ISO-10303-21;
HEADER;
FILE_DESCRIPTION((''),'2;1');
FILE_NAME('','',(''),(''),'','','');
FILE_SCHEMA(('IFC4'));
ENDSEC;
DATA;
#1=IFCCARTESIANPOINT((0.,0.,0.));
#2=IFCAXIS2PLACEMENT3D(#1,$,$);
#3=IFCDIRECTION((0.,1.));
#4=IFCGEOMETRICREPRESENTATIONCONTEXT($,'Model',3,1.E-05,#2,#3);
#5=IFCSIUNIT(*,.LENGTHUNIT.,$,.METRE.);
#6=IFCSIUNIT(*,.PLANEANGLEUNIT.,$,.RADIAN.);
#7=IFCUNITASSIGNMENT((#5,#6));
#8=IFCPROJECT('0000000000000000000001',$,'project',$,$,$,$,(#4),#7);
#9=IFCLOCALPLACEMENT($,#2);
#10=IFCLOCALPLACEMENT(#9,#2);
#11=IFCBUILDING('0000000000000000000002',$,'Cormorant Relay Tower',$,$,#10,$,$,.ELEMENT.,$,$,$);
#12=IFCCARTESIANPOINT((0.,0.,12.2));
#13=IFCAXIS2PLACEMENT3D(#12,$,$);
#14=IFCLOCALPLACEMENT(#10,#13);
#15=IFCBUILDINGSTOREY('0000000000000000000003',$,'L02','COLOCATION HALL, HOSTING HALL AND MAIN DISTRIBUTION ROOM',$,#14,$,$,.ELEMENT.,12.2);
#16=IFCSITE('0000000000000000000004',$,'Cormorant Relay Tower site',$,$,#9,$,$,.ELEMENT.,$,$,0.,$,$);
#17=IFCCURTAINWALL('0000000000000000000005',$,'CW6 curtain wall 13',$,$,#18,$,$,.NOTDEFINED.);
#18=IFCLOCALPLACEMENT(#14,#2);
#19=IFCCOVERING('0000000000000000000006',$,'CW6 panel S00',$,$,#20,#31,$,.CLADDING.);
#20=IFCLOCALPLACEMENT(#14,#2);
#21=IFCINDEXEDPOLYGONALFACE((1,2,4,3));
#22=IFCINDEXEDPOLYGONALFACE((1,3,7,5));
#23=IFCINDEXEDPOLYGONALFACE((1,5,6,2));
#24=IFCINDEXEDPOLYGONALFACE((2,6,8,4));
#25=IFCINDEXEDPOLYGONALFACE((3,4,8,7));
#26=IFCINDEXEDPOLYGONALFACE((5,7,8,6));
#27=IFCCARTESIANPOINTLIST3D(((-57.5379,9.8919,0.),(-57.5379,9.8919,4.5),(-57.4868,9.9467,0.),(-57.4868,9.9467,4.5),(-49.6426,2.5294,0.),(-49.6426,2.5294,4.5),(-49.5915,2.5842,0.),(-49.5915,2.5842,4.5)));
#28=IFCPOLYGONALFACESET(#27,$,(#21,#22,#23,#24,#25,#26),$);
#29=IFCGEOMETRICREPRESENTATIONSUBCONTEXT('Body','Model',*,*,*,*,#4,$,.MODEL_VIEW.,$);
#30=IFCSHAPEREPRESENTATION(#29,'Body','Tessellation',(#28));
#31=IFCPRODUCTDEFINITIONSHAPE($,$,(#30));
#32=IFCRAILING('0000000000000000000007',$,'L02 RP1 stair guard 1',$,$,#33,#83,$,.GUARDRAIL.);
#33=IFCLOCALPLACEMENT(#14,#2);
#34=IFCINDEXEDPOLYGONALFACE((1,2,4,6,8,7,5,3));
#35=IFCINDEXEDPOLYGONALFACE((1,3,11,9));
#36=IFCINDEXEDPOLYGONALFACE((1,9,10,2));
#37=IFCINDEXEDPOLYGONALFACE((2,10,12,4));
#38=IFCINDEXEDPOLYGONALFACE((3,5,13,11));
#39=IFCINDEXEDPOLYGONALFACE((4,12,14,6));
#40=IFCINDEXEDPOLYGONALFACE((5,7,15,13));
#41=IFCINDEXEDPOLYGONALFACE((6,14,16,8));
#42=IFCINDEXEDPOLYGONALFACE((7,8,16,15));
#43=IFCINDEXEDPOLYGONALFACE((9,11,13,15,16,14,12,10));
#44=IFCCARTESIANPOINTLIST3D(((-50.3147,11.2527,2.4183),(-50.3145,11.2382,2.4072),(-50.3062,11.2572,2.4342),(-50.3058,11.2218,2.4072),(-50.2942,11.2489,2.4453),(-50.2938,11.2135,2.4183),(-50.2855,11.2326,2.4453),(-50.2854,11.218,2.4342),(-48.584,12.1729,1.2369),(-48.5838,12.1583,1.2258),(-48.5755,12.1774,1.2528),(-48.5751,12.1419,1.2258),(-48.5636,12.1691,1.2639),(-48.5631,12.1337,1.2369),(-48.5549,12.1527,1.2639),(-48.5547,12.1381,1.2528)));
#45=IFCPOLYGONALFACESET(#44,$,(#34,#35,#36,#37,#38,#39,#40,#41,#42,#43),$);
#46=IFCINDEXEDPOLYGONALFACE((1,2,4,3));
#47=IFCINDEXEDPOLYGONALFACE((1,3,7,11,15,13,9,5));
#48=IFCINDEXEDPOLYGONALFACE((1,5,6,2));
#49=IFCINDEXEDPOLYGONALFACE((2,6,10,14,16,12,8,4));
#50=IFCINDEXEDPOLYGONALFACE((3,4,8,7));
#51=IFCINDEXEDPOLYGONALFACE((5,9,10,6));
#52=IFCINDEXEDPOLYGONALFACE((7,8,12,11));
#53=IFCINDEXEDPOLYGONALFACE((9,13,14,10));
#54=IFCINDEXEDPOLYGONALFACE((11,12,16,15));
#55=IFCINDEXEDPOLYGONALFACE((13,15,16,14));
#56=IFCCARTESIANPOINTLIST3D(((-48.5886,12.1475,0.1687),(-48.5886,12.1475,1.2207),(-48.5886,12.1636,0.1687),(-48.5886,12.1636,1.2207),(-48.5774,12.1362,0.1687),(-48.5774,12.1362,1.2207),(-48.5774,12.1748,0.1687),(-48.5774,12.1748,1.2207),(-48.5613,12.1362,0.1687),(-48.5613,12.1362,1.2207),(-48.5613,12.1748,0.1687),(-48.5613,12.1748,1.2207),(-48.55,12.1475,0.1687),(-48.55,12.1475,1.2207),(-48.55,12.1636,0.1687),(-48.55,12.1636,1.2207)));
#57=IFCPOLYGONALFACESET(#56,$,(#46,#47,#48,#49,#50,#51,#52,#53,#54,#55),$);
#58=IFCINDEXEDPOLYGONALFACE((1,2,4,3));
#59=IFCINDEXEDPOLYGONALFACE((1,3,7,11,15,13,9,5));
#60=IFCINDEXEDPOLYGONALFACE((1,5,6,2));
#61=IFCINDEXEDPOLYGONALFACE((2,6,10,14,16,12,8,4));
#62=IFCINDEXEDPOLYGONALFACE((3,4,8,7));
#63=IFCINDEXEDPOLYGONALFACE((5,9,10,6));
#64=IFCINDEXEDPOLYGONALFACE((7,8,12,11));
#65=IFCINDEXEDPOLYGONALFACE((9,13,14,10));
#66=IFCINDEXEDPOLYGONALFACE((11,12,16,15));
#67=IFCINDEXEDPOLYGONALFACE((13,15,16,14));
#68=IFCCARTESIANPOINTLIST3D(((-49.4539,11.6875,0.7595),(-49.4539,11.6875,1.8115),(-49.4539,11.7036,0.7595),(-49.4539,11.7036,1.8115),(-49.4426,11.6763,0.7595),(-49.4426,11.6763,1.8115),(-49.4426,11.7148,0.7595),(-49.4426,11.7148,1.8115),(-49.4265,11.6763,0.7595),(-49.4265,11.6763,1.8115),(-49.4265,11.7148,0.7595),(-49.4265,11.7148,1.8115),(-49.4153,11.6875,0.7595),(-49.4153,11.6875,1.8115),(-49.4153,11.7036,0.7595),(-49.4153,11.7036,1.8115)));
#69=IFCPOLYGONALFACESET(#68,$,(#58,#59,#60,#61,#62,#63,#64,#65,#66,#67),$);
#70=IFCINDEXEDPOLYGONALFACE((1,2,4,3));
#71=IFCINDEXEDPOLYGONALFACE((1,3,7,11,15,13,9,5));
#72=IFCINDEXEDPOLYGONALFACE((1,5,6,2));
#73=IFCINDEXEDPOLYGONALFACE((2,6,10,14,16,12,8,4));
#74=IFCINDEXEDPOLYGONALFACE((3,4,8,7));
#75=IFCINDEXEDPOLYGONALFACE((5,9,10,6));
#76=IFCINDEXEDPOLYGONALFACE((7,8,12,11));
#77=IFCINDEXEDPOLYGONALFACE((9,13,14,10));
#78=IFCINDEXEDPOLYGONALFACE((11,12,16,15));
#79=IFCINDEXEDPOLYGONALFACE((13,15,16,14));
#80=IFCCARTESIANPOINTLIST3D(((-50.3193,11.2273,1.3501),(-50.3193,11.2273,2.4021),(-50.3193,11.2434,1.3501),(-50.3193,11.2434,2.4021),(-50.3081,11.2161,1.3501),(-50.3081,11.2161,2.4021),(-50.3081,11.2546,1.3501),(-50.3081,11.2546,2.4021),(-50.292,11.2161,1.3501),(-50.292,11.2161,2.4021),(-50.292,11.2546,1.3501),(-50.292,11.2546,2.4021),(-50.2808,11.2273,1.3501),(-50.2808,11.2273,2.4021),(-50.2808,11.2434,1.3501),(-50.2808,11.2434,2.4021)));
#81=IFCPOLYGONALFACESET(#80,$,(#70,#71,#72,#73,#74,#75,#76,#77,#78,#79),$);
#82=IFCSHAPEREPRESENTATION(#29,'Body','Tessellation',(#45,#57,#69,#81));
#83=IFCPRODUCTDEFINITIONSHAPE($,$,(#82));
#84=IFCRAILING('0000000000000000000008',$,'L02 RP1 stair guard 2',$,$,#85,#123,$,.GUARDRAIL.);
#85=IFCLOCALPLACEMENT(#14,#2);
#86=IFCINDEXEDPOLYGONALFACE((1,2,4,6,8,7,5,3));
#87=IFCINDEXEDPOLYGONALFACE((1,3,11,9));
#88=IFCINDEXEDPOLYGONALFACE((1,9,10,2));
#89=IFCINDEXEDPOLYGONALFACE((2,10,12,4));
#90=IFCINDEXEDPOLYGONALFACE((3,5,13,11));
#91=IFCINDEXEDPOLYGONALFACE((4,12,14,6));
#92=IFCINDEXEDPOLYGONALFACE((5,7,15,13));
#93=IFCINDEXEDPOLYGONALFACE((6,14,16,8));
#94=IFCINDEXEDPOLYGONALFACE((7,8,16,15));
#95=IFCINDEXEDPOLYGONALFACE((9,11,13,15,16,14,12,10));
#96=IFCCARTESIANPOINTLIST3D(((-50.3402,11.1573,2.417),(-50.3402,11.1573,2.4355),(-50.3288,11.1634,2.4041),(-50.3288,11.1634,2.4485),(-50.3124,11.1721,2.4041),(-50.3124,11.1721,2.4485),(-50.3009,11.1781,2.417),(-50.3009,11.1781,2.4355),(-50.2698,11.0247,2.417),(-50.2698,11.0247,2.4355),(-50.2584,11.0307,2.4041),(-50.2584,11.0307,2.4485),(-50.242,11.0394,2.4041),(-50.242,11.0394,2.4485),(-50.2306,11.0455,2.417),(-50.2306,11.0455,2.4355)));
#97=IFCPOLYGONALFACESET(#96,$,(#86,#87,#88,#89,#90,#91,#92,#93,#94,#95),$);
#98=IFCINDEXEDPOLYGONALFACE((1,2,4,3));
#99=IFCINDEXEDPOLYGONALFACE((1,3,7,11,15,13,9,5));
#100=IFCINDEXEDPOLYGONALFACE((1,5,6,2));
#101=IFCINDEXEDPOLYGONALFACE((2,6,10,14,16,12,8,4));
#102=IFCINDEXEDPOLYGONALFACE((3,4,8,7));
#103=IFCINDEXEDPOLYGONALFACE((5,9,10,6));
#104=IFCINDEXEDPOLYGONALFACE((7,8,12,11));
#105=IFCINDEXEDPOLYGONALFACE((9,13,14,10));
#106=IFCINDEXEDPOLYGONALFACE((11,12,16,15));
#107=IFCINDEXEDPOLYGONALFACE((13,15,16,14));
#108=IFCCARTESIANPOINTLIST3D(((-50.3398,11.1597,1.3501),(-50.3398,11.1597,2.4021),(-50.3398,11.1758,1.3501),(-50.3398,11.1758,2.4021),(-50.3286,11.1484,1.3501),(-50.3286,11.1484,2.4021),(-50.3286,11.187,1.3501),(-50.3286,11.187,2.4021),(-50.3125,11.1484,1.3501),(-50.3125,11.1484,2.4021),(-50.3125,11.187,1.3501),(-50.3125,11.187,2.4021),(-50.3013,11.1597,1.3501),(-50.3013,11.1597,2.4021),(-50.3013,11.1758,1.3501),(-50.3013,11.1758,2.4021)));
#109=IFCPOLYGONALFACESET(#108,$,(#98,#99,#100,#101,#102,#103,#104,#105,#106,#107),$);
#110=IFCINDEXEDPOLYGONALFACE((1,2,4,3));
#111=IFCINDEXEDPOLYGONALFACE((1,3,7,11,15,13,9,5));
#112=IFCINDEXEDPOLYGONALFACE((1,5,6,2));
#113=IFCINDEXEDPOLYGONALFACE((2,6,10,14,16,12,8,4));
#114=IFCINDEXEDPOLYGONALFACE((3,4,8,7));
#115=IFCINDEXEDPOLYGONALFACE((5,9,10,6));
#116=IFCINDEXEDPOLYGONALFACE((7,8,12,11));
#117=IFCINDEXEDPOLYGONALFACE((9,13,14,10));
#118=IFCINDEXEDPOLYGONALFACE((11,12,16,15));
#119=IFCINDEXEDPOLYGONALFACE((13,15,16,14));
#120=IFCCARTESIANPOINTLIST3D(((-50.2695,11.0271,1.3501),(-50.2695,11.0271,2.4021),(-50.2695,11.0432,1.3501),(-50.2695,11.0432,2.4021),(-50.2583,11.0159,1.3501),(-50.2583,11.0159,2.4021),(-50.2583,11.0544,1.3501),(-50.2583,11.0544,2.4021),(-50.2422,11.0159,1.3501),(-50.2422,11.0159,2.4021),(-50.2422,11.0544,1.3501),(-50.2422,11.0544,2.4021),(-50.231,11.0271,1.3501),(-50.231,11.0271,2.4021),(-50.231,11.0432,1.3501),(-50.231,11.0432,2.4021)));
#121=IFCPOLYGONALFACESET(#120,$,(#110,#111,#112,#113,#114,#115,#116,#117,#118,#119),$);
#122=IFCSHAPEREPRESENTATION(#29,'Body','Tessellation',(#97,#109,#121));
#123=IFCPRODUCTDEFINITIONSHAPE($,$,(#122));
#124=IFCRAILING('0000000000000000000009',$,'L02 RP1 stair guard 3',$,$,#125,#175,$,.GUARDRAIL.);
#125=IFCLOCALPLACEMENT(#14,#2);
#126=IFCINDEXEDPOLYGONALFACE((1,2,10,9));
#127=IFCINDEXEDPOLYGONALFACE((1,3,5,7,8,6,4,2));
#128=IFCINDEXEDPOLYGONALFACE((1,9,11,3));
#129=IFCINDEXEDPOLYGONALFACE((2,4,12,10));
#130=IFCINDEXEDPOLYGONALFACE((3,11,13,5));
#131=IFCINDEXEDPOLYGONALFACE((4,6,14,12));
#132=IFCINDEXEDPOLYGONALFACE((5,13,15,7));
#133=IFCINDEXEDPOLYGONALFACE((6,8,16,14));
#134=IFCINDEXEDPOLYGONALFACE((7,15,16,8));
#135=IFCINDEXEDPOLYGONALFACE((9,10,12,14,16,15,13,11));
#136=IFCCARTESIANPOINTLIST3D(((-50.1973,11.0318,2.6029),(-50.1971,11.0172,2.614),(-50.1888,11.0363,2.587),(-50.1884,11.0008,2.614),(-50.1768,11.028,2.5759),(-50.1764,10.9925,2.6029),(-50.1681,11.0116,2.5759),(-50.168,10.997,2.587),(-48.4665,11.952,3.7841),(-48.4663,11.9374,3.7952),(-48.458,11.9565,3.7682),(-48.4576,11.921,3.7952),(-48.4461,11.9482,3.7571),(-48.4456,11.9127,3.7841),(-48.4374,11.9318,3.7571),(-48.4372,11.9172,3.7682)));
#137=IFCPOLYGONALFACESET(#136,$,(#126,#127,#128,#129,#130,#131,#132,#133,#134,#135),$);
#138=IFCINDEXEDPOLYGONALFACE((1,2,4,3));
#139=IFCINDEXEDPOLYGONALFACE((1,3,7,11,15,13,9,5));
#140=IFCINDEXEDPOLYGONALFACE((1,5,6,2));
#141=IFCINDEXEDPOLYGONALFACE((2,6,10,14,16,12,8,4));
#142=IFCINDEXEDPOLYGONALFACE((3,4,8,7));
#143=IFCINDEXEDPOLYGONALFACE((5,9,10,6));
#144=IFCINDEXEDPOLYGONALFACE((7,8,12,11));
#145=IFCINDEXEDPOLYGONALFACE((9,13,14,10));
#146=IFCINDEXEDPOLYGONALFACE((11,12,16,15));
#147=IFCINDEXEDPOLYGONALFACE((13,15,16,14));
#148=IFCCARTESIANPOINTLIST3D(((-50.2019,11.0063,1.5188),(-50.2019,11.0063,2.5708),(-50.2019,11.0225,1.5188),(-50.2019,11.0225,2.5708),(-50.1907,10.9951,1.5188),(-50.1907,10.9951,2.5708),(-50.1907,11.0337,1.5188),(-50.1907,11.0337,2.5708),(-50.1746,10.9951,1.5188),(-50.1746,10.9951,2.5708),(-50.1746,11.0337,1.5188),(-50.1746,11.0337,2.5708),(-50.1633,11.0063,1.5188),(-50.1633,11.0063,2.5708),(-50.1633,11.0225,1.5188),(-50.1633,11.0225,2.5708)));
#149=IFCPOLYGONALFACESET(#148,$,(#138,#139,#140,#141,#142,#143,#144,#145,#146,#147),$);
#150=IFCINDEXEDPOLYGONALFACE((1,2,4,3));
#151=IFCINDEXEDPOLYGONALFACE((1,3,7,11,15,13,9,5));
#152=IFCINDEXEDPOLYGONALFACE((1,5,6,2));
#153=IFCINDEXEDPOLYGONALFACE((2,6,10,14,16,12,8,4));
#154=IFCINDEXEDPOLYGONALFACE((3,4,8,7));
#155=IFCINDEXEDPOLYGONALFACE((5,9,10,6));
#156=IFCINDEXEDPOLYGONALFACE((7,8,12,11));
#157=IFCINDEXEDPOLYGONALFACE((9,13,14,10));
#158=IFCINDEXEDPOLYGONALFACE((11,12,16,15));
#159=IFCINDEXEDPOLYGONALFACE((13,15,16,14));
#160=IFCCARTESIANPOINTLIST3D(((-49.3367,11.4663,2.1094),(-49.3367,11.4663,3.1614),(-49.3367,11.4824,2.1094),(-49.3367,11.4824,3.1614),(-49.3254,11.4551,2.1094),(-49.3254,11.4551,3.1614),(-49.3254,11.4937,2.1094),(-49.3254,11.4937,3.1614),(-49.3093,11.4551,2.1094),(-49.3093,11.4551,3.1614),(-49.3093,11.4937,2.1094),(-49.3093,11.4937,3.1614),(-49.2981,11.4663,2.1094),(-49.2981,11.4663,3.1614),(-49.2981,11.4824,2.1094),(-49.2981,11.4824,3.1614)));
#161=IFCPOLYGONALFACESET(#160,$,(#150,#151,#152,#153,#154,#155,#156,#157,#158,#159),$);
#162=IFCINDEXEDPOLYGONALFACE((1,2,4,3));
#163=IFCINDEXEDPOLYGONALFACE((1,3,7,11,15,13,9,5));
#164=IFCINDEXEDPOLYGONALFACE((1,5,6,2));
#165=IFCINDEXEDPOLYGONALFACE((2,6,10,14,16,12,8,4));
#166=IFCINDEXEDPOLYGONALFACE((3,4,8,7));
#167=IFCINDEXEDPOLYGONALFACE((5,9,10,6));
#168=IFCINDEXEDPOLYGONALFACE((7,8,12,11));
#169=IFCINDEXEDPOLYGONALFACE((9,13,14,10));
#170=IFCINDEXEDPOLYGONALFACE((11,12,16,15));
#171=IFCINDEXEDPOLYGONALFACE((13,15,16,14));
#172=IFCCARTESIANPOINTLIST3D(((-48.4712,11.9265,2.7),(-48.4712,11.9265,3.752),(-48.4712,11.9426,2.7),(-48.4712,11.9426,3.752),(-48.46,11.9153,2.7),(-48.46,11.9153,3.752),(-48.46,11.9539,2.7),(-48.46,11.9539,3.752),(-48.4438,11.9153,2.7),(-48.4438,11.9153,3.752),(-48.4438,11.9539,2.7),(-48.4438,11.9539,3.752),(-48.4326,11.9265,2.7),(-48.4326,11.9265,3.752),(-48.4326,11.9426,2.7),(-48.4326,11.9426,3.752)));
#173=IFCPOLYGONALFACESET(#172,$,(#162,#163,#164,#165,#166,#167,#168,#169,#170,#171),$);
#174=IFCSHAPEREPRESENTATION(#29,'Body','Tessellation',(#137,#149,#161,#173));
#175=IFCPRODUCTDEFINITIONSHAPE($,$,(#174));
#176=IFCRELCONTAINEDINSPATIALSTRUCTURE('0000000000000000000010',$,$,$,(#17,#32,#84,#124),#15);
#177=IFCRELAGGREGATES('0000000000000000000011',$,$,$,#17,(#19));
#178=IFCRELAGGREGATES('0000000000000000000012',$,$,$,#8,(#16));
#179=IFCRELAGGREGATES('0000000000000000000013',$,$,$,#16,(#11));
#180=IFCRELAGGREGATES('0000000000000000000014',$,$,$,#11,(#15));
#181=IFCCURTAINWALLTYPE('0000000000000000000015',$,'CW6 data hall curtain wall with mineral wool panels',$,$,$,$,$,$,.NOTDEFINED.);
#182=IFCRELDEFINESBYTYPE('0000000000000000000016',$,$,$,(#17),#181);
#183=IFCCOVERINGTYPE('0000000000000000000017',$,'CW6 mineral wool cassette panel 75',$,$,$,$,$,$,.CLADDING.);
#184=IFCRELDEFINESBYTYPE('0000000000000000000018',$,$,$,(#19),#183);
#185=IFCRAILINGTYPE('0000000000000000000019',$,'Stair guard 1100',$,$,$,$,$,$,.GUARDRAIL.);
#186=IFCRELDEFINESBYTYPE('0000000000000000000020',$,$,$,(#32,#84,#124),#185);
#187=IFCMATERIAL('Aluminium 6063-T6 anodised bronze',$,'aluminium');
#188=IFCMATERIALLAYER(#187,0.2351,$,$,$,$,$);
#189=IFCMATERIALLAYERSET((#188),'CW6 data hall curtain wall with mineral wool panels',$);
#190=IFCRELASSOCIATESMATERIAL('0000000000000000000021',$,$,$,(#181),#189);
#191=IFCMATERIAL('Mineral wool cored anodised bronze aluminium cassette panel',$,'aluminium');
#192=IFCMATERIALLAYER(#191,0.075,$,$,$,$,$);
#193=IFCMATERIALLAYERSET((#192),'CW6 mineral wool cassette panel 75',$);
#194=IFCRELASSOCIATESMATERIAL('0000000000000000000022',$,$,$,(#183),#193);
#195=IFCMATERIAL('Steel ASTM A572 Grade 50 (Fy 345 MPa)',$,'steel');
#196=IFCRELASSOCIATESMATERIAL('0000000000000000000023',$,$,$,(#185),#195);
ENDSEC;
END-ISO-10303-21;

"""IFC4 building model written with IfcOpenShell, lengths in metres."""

from ifc_helpers import new_model, si_unit, direction, frame, origin, origin_2d, place, context, subcontext, project, spatial, polyline, rectangle, outline, extrude, material, layer, layer_set, type_object, element, aggregate, save


model = new_model("IFC4")

# Units and contexts
model_context = context("Model", 3, precision=1e-05, world=origin(), true_north=direction((0.0, 1.0)))
body_context = subcontext(model_context, "Body", "Model", "MODEL_VIEW")
ifc_project = project(units=[si_unit("LENGTHUNIT", "METRE"), si_unit("PLANEANGLEUNIT", "RADIAN")], contexts=[model_context])

# Site, building, storey
site_placement = place(None, origin())
site = spatial("IfcSite", under=ifc_project, at=site_placement, Name="Cormorant Relay Tower site", CompositionType="ELEMENT", RefElevation=0.0)
building_placement = place(site_placement, origin())
building = spatial("IfcBuilding", under=site, at=building_placement, Name="Cormorant Relay Tower", CompositionType="ELEMENT")
storey_placement = place(building_placement, frame((0.0, 0.0, 12.2)))
storey = spatial("IfcBuildingStorey", under=building, at=storey_placement, Name="L02", Description="COLOCATION HALL, HOSTING HALL AND MAIN DISTRIBUTION ROOM", CompositionType="ELEMENT", Elevation=12.2)

# Curtain wall
ifc_material_1 = material(Name="Aluminium 6063-T6 anodised bronze", Category="aluminium")
ifc_layer_1 = layer(ifc_material_1, 0.2351)
ifc_layer_set_1 = layer_set([ifc_layer_1], Name="CW6 data hall curtain wall with mineral wool panels")
curtain_wall_type = type_object("IfcCurtainWallType", Name="CW6 data hall curtain wall with mineral wool panels", PredefinedType="NOTDEFINED", material=ifc_layer_set_1)
curtain_wall_1_placement = place(storey_placement, origin())
curtain_wall_1 = element("IfcCurtainWall", 1, at=curtain_wall_1_placement, inside=storey, type_object=curtain_wall_type, Name="CW6 curtain wall 13", PredefinedType="NOTDEFINED")

# Covering
ifc_material_2 = material(Name="Mineral wool cored anodised bronze aluminium cassette panel", Category="aluminium")
ifc_layer_2 = layer(ifc_material_2, 0.075)
ifc_layer_set_2 = layer_set([ifc_layer_2], Name="CW6 mineral wool cassette panel 75")
covering_type = type_object("IfcCoveringType", Name="CW6 mineral wool cassette panel 75", PredefinedType="CLADDING", material=ifc_layer_set_2)
covering_1_placement = place(storey_placement, frame((-53.5647, 6.238, 0.0), z_axis=(0.0, 0.0, 1.0), x_axis=(0.731354, -0.681998, 0.0)))
covering_1 = element("IfcCovering", 2, at=covering_1_placement, type_object=covering_type, Name="CW6 panel S00", PredefinedType="CLADDING", context=body_context, shape_type="SweptSolid", body=[
    extrude(rectangle(XDim=10.7954, YDim=0.075, at=origin_2d()), origin(), (0.0, 0.0, 1.0), 4.5),
])
aggregate(curtain_wall_1, [covering_1])

# Railings
ifc_material_3 = material(Name="Steel ASTM A572 Grade 50 (Fy 345 MPa)", Category="steel")
railing_type_1 = type_object("IfcRailingType", Name="Stair guard 1100", PredefinedType="GUARDRAIL", material=ifc_material_3)
railing_1_placement = place(storey_placement, frame((-48.5693, 12.1555, 0.1687)))
element("IfcRailing", 3, at=railing_1_placement, inside=storey, type_object=railing_type_1, Name="L02 RP1 stair guard 1", PredefinedType="GUARDRAIL", context=body_context, shape_type="SweptSolid", body=[
    extrude(outline(polyline([(0.0222, 0.0093), (0.0093, 0.0222), (-0.0093, 0.0222), (-0.0222, 0.0093), (-0.0222, -0.0093), (-0.0093, -0.0222), (0.0093, -0.0222), (0.0222, -0.0093), (0.0222, 0.0093)])), frame((0.0, 0.0, 1.0762), z_axis=(-0.756226, -0.402062, 0.516205), x_axis=(0.469444, -0.882962, 0.0)), (0.0, 0.0, 1.0), 2.2886),
    extrude(outline(polyline([(0.0193, 0.0081), (0.0081, 0.0193), (-0.0081, 0.0193), (-0.0193, 0.0081), (-0.0193, -0.0081), (-0.0081, -0.0193), (0.0081, -0.0193), (0.0193, -0.0081), (0.0193, 0.0081)])), origin(), (0.0, 0.0, 1.0), 1.052),
    extrude(outline(polyline([(0.0193, 0.0081), (0.0081, 0.0193), (-0.0081, 0.0193), (-0.0193, 0.0081), (-0.0193, -0.0081), (-0.0081, -0.0193), (0.0081, -0.0193), (0.0193, -0.0081), (0.0193, 0.0081)])), frame((-0.8652, -0.46, 0.5908)), (0.0, 0.0, 1.0), 1.052),
    extrude(outline(polyline([(0.0193, 0.0081), (0.0081, 0.0193), (-0.0081, 0.0193), (-0.0193, 0.0081), (-0.0193, -0.0081), (-0.0081, -0.0193), (0.0081, -0.0193), (0.0193, -0.0081), (0.0193, 0.0081)])), frame((-1.7307, -0.9202, 1.1814)), (0.0, 0.0, 1.0), 1.052),
])
railing_2_placement = place(storey_placement, frame((-50.3206, 11.1677, 1.3501)))
element("IfcRailing", 4, at=railing_2_placement, inside=storey, type_object=railing_type_1, Name="L02 RP1 stair guard 2", PredefinedType="GUARDRAIL", context=body_context, shape_type="SweptSolid", body=[
    extrude(outline(polyline([(0.0222, 0.0093), (0.0093, 0.0222), (-0.0093, 0.0222), (-0.0222, 0.0093), (-0.0222, -0.0093), (-0.0093, -0.0222), (0.0093, -0.0222), (0.0222, -0.0093), (0.0222, 0.0093)])), frame((0.0, 0.0, 1.0762), z_axis=(0.46856, -0.883431, 0.0), x_axis=(0.883431, 0.46856, 0.0)), (0.0, 0.0, 1.0), 0.1501),
    extrude(outline(polyline([(0.0193, 0.0081), (0.0081, 0.0193), (-0.0081, 0.0193), (-0.0193, 0.0081), (-0.0193, -0.0081), (-0.0081, -0.0193), (0.0081, -0.0193), (0.0193, -0.0081), (0.0193, 0.0081)])), origin(), (0.0, 0.0, 1.0), 1.052),
    extrude(outline(polyline([(0.0193, 0.0081), (0.0081, 0.0193), (-0.0081, 0.0193), (-0.0193, 0.0081), (-0.0193, -0.0081), (-0.0081, -0.0193), (0.0081, -0.0193), (0.0193, -0.0081), (0.0193, 0.0081)])), frame((0.0703, -0.1326, 0.0)), (0.0, 0.0, 1.0), 1.052),
])
railing_3_placement = place(storey_placement, frame((-50.1826, 11.0144, 1.5188)))
element("IfcRailing", 5, at=railing_3_placement, inside=storey, type_object=railing_type_1, Name="L02 RP1 stair guard 3", PredefinedType="GUARDRAIL", context=body_context, shape_type="SweptSolid", body=[
    extrude(outline(polyline([(0.0222, 0.0093), (0.0093, 0.0222), (-0.0093, 0.0222), (-0.0222, 0.0093), (-0.0222, -0.0093), (-0.0093, -0.0222), (0.0093, -0.0222), (0.0222, -0.0093), (0.0222, 0.0093)])), frame((0.0, 0.0, 1.0762), z_axis=(0.756268, 0.402084, 0.516127), x_axis=(-0.469444, 0.882962, 0.0)), (0.0, 0.0, 1.0), 2.2886),
    extrude(outline(polyline([(0.0193, 0.0081), (0.0081, 0.0193), (-0.0081, 0.0193), (-0.0193, 0.0081), (-0.0193, -0.0081), (-0.0081, -0.0193), (0.0081, -0.0193), (0.0193, -0.0081), (0.0193, 0.0081)])), origin(), (0.0, 0.0, 1.0), 1.052),
    extrude(outline(polyline([(0.0193, 0.0081), (0.0081, 0.0193), (-0.0081, 0.0193), (-0.0193, 0.0081), (-0.0193, -0.0081), (-0.0081, -0.0193), (0.0081, -0.0193), (0.0193, -0.0081), (0.0193, 0.0081)])), frame((0.8652, 0.46, 0.5906)), (0.0, 0.0, 1.0), 1.052),
    extrude(outline(polyline([(0.0193, 0.0081), (0.0081, 0.0193), (-0.0081, 0.0193), (-0.0193, 0.0081), (-0.0193, -0.0081), (-0.0081, -0.0193), (0.0081, -0.0193), (0.0193, -0.0081), (0.0193, 0.0081)])), frame((1.7307, 0.9202, 1.1812)), (0.0, 0.0, 1.0), 1.052),
])

save(model, "model.ifc")
